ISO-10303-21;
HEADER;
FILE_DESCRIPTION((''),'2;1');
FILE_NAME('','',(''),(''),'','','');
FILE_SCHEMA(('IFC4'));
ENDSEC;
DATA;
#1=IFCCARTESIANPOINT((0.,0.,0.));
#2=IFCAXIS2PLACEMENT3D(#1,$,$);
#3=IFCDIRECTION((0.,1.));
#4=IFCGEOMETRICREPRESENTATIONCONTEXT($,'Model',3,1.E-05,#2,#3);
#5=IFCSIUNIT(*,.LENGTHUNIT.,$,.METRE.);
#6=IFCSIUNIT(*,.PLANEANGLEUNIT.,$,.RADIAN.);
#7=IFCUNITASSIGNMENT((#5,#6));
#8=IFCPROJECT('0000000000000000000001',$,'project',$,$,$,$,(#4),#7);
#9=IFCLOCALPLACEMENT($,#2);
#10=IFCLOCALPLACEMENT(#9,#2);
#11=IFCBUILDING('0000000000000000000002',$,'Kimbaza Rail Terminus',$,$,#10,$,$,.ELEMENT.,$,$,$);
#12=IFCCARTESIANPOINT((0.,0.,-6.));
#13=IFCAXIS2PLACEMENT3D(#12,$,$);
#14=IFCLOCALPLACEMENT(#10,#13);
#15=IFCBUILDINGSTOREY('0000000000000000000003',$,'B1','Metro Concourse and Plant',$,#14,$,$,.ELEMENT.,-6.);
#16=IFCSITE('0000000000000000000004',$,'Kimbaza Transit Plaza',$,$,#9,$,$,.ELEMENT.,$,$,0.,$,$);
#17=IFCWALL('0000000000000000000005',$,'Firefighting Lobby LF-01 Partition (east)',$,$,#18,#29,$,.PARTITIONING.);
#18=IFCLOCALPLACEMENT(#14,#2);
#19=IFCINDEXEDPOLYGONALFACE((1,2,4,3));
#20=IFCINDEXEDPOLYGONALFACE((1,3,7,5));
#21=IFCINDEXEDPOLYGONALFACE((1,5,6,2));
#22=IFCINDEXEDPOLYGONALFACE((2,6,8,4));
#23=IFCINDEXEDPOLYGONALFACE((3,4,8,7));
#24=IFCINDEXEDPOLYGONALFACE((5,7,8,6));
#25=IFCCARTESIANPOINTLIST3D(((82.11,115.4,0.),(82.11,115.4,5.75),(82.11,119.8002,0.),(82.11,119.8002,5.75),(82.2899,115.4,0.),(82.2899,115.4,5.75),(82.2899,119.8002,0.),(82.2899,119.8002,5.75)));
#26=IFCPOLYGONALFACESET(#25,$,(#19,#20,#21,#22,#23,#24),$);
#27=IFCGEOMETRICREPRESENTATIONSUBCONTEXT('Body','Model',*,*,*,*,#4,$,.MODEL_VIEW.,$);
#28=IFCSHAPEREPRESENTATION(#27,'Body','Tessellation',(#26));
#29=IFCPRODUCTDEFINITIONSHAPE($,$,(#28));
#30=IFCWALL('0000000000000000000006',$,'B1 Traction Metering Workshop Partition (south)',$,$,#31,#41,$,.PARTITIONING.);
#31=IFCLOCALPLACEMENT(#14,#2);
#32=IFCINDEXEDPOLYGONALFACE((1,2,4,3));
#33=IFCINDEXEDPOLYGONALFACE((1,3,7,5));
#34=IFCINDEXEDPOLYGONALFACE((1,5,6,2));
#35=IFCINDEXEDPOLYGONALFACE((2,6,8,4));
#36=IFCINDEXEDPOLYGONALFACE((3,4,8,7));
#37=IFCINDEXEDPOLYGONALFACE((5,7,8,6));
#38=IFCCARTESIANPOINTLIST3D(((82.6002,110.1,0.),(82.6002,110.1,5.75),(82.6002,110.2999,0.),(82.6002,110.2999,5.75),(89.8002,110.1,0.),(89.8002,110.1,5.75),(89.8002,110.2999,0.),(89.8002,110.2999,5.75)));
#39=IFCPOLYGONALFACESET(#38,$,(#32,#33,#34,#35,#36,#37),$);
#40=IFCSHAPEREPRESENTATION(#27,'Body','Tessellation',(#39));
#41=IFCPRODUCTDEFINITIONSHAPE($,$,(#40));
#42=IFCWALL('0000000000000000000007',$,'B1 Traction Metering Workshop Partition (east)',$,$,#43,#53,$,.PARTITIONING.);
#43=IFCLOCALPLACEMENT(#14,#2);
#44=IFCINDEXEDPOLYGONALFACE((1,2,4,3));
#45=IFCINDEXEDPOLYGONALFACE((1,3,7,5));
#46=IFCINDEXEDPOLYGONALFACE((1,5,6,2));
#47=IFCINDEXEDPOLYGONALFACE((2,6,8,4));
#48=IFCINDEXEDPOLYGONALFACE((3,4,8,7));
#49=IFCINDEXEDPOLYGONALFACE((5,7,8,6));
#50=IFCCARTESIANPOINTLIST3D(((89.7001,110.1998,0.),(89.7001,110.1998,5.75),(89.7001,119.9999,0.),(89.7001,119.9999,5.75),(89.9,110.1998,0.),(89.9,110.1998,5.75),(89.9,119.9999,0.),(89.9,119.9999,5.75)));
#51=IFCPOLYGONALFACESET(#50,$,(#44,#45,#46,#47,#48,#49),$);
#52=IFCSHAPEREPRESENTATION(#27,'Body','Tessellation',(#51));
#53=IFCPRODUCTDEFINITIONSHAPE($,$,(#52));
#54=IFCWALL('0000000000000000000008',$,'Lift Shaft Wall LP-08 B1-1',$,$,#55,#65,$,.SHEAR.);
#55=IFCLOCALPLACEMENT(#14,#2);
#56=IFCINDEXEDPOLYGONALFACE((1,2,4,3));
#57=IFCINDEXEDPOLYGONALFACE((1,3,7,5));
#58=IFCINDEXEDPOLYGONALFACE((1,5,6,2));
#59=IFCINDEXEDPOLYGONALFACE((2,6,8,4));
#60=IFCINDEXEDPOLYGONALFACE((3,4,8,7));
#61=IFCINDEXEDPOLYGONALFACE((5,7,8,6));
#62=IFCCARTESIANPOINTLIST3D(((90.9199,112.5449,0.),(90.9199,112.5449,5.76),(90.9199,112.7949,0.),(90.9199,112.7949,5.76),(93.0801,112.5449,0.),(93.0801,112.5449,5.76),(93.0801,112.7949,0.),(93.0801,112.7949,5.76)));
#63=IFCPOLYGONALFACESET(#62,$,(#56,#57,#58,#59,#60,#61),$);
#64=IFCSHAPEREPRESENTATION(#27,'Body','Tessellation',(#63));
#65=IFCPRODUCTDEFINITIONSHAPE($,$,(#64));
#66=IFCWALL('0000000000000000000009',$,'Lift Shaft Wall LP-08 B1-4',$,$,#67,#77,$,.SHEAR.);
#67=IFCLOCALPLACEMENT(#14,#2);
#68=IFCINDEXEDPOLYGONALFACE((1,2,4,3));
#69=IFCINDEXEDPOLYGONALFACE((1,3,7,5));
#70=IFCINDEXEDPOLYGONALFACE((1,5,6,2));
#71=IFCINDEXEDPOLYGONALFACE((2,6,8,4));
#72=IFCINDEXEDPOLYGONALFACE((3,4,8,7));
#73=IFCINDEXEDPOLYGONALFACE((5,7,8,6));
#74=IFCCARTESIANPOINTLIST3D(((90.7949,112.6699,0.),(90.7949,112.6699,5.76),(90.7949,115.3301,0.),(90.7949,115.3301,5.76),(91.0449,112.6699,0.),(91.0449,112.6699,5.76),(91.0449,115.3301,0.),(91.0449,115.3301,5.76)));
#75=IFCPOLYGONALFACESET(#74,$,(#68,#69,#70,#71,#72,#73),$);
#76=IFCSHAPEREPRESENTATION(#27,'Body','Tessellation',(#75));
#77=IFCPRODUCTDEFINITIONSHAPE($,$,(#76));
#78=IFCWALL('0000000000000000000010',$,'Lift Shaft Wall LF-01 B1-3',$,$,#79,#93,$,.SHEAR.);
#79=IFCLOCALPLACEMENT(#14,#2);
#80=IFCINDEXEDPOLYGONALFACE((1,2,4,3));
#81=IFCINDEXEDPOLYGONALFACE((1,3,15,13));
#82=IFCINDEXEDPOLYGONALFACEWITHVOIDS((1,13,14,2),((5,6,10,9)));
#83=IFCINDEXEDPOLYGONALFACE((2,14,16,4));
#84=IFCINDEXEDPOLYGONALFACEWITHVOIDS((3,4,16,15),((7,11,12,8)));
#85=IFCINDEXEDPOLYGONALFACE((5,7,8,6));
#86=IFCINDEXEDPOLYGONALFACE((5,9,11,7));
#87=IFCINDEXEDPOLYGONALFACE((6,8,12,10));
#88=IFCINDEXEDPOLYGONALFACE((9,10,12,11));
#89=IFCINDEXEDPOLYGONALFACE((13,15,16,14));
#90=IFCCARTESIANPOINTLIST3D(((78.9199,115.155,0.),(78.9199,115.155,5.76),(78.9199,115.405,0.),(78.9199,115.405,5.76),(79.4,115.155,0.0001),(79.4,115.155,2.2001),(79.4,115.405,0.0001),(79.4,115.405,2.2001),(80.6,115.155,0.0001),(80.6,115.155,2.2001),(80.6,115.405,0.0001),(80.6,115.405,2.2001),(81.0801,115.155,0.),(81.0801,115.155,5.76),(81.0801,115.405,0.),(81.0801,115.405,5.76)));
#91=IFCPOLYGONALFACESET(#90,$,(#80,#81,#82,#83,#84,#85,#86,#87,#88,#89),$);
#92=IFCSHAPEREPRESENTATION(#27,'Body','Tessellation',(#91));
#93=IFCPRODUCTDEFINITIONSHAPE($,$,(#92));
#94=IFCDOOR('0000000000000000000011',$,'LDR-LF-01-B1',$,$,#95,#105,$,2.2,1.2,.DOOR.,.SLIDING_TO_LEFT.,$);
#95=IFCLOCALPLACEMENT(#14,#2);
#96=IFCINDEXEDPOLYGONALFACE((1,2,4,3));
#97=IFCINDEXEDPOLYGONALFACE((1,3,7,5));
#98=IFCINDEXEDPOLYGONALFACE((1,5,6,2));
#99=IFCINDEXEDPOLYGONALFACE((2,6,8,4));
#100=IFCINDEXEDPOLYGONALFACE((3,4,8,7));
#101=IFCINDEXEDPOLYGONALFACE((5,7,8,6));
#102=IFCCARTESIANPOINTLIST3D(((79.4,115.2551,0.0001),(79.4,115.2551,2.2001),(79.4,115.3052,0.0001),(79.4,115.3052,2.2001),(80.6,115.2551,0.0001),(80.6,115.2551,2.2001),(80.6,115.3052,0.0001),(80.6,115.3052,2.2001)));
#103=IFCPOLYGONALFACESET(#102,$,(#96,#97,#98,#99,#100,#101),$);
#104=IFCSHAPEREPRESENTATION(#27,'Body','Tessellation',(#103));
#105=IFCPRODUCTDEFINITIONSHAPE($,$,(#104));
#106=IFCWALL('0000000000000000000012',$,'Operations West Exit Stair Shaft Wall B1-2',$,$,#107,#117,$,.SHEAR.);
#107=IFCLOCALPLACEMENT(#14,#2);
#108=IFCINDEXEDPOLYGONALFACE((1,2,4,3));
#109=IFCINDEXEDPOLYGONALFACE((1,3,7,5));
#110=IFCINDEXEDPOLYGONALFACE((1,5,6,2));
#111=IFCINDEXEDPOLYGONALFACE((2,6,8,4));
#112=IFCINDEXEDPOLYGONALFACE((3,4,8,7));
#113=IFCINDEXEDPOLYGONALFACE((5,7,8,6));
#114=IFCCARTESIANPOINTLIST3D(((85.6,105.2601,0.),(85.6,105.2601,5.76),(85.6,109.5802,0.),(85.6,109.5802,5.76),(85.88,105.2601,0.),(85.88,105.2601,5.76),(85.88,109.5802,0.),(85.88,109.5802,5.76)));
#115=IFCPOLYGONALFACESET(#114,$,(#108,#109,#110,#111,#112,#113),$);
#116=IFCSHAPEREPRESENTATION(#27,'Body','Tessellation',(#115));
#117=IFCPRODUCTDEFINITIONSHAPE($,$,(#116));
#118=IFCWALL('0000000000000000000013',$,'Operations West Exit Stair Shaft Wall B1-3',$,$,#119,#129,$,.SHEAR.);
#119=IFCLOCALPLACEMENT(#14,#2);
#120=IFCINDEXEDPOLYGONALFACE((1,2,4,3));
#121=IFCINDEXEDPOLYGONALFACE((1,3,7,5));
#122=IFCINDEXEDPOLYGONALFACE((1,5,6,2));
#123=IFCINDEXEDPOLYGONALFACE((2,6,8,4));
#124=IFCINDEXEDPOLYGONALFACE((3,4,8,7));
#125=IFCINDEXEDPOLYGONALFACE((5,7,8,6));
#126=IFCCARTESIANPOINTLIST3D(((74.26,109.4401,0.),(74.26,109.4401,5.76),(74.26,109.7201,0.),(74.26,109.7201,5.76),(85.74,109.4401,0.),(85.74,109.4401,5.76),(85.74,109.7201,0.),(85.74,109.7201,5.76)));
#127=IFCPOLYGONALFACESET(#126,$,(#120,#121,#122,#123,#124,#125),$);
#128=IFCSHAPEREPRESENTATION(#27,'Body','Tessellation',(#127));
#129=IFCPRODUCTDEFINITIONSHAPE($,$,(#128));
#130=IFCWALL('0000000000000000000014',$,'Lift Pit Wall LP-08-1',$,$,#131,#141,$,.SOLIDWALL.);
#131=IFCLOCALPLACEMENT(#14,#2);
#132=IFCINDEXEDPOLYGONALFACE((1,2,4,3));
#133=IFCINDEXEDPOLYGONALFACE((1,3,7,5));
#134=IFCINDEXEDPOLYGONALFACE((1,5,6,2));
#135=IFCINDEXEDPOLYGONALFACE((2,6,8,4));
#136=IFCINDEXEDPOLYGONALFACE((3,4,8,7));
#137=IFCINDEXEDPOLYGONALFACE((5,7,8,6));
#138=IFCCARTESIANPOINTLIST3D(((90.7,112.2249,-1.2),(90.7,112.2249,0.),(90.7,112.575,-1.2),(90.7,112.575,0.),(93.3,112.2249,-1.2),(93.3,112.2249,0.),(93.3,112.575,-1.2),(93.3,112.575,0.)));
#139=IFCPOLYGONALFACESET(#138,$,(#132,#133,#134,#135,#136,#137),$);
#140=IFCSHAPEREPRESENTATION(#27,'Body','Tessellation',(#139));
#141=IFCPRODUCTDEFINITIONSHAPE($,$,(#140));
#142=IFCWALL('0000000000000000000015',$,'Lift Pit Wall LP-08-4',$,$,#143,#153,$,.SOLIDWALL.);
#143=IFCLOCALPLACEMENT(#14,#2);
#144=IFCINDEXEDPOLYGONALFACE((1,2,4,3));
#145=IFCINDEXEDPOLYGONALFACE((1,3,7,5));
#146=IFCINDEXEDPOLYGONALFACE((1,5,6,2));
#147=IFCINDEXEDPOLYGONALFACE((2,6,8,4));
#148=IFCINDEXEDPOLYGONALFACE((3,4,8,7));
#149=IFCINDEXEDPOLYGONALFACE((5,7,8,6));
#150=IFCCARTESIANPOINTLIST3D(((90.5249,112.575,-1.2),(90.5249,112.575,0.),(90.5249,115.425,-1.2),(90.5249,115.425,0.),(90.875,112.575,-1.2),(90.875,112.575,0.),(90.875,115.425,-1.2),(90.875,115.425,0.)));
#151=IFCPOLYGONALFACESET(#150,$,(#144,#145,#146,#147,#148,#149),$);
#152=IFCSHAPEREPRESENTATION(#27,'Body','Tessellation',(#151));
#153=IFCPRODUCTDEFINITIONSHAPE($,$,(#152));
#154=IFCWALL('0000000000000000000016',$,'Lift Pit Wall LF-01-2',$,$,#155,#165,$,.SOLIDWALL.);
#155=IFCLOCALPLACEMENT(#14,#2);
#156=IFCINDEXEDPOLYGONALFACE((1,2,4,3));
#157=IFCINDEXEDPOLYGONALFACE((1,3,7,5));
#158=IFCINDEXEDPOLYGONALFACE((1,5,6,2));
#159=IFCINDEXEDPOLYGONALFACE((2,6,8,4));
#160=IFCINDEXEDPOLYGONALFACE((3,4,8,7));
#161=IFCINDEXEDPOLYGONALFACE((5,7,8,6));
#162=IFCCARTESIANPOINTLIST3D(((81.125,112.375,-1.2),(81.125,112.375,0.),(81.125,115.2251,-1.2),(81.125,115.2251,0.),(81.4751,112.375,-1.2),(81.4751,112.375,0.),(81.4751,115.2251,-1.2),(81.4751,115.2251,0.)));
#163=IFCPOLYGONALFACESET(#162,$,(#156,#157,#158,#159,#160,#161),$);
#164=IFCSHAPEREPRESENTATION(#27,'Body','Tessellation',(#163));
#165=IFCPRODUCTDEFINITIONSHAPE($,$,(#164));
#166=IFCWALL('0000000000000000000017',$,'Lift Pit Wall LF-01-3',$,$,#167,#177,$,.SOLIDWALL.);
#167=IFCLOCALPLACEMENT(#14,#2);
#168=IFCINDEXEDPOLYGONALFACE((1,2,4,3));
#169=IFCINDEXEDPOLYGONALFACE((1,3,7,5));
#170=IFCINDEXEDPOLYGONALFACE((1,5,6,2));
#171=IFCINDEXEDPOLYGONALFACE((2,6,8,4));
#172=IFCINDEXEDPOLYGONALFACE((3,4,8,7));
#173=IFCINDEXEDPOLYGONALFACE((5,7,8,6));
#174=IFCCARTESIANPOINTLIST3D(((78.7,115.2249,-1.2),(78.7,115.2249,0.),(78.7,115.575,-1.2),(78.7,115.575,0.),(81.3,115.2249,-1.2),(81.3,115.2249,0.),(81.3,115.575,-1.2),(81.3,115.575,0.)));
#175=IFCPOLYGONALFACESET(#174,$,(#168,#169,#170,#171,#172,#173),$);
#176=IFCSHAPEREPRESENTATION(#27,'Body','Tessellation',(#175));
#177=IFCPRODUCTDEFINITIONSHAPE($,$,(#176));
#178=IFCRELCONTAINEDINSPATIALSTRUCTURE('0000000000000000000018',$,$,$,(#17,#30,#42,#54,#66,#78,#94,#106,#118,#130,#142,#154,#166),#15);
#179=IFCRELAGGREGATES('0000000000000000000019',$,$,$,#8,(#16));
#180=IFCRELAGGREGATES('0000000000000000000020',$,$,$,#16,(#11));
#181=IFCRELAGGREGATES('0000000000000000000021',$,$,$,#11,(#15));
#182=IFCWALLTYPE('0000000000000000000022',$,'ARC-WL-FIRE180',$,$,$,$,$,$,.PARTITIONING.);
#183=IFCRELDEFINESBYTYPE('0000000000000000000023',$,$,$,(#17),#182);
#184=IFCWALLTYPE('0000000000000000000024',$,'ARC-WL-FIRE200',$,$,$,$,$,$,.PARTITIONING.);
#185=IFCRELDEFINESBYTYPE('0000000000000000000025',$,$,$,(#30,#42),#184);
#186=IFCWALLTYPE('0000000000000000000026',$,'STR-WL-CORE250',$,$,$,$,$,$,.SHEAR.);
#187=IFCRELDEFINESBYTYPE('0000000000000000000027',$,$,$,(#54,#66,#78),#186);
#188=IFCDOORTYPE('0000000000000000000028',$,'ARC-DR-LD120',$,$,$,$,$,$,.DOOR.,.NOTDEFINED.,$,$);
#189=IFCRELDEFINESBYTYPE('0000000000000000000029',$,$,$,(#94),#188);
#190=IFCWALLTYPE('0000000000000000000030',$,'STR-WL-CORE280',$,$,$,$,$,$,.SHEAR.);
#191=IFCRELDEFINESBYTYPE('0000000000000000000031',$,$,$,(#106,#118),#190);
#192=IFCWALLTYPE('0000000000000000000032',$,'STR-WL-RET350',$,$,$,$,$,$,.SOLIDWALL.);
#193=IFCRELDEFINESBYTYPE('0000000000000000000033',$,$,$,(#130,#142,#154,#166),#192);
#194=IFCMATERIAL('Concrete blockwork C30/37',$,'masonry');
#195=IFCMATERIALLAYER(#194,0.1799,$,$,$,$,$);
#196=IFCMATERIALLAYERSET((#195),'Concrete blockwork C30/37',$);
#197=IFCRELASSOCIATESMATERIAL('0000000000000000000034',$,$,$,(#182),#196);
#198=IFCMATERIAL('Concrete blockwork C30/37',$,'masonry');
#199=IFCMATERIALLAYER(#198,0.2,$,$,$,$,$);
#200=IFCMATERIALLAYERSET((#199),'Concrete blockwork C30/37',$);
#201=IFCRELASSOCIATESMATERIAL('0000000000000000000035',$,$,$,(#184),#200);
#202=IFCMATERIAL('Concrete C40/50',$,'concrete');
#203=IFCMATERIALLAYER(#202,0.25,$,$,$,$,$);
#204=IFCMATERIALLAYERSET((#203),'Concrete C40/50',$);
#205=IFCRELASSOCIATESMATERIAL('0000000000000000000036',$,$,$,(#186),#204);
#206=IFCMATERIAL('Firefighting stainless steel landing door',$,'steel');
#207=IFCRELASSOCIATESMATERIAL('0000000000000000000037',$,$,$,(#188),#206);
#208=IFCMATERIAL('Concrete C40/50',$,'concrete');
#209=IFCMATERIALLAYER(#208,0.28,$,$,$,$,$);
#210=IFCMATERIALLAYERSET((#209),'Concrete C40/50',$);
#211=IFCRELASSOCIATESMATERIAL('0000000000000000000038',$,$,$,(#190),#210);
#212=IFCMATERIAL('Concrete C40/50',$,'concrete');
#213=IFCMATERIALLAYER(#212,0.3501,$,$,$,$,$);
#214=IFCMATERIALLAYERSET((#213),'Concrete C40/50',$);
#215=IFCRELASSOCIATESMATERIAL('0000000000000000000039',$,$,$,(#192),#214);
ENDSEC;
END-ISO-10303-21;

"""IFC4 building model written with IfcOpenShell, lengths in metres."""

from ifc_helpers import new_model, si_unit, direction, frame, frame_2d, origin, place, context, subcontext, project, spatial, rectangle, extrude, material, layer, layer_set, type_object, element, fill, save


model = new_model("IFC4")

# Units and contexts
model_context = context("Model", 3, precision=1e-05, world=origin(), true_north=direction((0.0, 1.0)))
body_context = subcontext(model_context, "Body", "Model", "MODEL_VIEW")
ifc_project = project(units=[si_unit("LENGTHUNIT", "METRE"), si_unit("PLANEANGLEUNIT", "RADIAN")], contexts=[model_context])

# Site, building, storey
site_placement = place(None, origin())
site = spatial("IfcSite", under=ifc_project, at=site_placement, Name="Kimbaza Transit Plaza", CompositionType="ELEMENT", RefElevation=0.0)
building_placement = place(site_placement, origin())
building = spatial("IfcBuilding", under=site, at=building_placement, Name="Kimbaza Rail Terminus", CompositionType="ELEMENT")
storey_placement = place(building_placement, frame((0.0, 0.0, -6.0)))
storey = spatial("IfcBuildingStorey", under=building, at=storey_placement, Name="B1", Description="Metro Concourse and Plant", CompositionType="ELEMENT", Elevation=-6.0)

# Walls
ifc_material_1 = material(Name="Concrete blockwork C30/37", Category="masonry")
ifc_layer_1 = layer(ifc_material_1, 0.1799)
ifc_layer_set_1 = layer_set([ifc_layer_1], Name="Concrete blockwork C30/37")
wall_type_1 = type_object("IfcWallType", Name="ARC-WL-FIRE180", PredefinedType="PARTITIONING", material=ifc_layer_set_1)
wall_1_placement = place(storey_placement, frame((82.2, 115.3999, 0.0), z_axis=(0.0, 0.0, 1.0), x_axis=(0.0, 1.0, 0.0)))
element("IfcWall", 1, at=wall_1_placement, inside=storey, type_object=wall_type_1, Name="Firefighting Lobby LF-01 Partition (east)", PredefinedType="PARTITIONING", context=body_context, shape_type="SweptSolid", body=[
    extrude(rectangle(XDim=4.4001, YDim=0.1799, at=frame_2d((2.2002, 0.0))), origin(), (0.0, 0.0, 1.0), 5.75),
])
ifc_material_2 = material(Name="Concrete blockwork C30/37", Category="masonry")
ifc_layer_2 = layer(ifc_material_2, 0.2)
ifc_layer_set_2 = layer_set([ifc_layer_2], Name="Concrete blockwork C30/37")
wall_type_2 = type_object("IfcWallType", Name="ARC-WL-FIRE200", PredefinedType="PARTITIONING", material=ifc_layer_set_2)
wall_2_placement = place(storey_placement, frame((82.6001, 110.2, 0.0), z_axis=(0.0, 0.0, 1.0), x_axis=(1.0, 0.0, 0.0)))
element("IfcWall", 2, at=wall_2_placement, inside=storey, type_object=wall_type_2, Name="B1 Traction Metering Workshop Partition (south)", PredefinedType="PARTITIONING", context=body_context, shape_type="SweptSolid", body=[
    extrude(rectangle(XDim=7.2, YDim=0.2, at=frame_2d((3.6001, 0.0))), origin(), (0.0, 0.0, 1.0), 5.75),
])
wall_3_placement = place(storey_placement, frame((89.8, 110.2, 0.0), z_axis=(0.0, 0.0, 1.0), x_axis=(0.0, 1.0, 0.0)))
element("IfcWall", 3, at=wall_3_placement, inside=storey, type_object=wall_type_2, Name="B1 Traction Metering Workshop Partition (east)", PredefinedType="PARTITIONING", context=body_context, shape_type="SweptSolid", body=[
    extrude(rectangle(XDim=9.8, YDim=0.2, at=frame_2d((4.8999, 0.0))), origin(), (0.0, 0.0, 1.0), 5.75),
])
ifc_material_3 = material(Name="Concrete C40/50", Category="concrete")
ifc_layer_3 = layer(ifc_material_3, 0.25)
ifc_layer_set_3 = layer_set([ifc_layer_3], Name="Concrete C40/50")
wall_type_3 = type_object("IfcWallType", Name="STR-WL-CORE250", PredefinedType="SHEAR", material=ifc_layer_set_3)
wall_4_placement = place(storey_placement, frame((90.9199, 112.6699, 0.0), z_axis=(0.0, 0.0, 1.0), x_axis=(1.0, 0.0, 0.0)))
element("IfcWall", 4, at=wall_4_placement, inside=storey, type_object=wall_type_3, Name="Lift Shaft Wall LP-08 B1-1", PredefinedType="SHEAR", context=body_context, shape_type="SweptSolid", body=[
    extrude(rectangle(XDim=2.1602, YDim=0.25, at=frame_2d((1.0801, 0.0))), origin(), (0.0, 0.0, 1.0), 5.76),
])
wall_5_placement = place(storey_placement, frame((90.9199, 115.3301, 0.0), z_axis=(0.0, 0.0, 1.0), x_axis=(0.0, -1.0, 0.0)))
element("IfcWall", 5, at=wall_5_placement, inside=storey, type_object=wall_type_3, Name="Lift Shaft Wall LP-08 B1-4", PredefinedType="SHEAR", context=body_context, shape_type="SweptSolid", body=[
    extrude(rectangle(XDim=2.6602, YDim=0.25, at=frame_2d((1.3301, 0.0))), origin(), (0.0, 0.0, 1.0), 5.76),
])

# Wall, opening, door
wall_6_placement = place(storey_placement, frame((81.0801, 115.28, 0.0), z_axis=(0.0, 0.0, 1.0), x_axis=(-1.0, 0.0, 0.0)))
wall_6 = element("IfcWall", 6, at=wall_6_placement, inside=storey, type_object=wall_type_3, Name="Lift Shaft Wall LF-01 B1-3", PredefinedType="SHEAR", context=body_context, shape_type="SweptSolid", body=[
    extrude(rectangle(XDim=2.1602, YDim=0.25, at=frame_2d((1.0801, 0.0))), origin(), (0.0, 0.0, 1.0), 5.76),
])
opening_placement = place(wall_6_placement, frame((0.48, 0.0, 0.0)))
opening = element("IfcOpeningElement", 7, at=opening_placement, cuts=wall_6, PredefinedType="OPENING", context=body_context, shape_type="SweptSolid", body=[
    extrude(rectangle(XDim=1.2, YDim=2.2, at=frame_2d((0.6001, 1.1001))), frame((0.0, 0.135, 0.0), z_axis=(0.0, -1.0, 0.0), x_axis=(1.0, 0.0, 0.0)), (0.0, 0.0, 1.0), 0.27),
])
ifc_material_4 = material(Name="Firefighting stainless steel landing door", Category="steel")
door_type = type_object("IfcDoorType", Name="ARC-DR-LD120", OperationType="NOTDEFINED", PredefinedType="DOOR", material=ifc_material_4)
door_placement = place(opening_placement, origin())
door = element("IfcDoor", 8, at=door_placement, inside=storey, type_object=door_type, Name="LDR-LF-01-B1", OperationType="SLIDING_TO_LEFT", OverallHeight=2.2, OverallWidth=1.2, PredefinedType="DOOR", context=body_context, shape_type="SweptSolid", body=[
    extrude(rectangle(XDim=1.2, YDim=2.2, at=frame_2d((0.6001, 1.1001))), frame((0.0, 0.0249, 0.0), z_axis=(0.0, -1.0, 0.0), x_axis=(1.0, 0.0, 0.0)), (0.0, 0.0, 1.0), 0.05),
])
fill(opening, door)

# Walls
ifc_material_5 = material(Name="Concrete C40/50", Category="concrete")
ifc_layer_4 = layer(ifc_material_5, 0.28)
ifc_layer_set_4 = layer_set([ifc_layer_4], Name="Concrete C40/50")
wall_type_4 = type_object("IfcWallType", Name="STR-WL-CORE280", PredefinedType="SHEAR", material=ifc_layer_set_4)
wall_7_placement = place(storey_placement, frame((85.74, 105.26, 0.0), z_axis=(0.0, 0.0, 1.0), x_axis=(0.0, 1.0, 0.0)))
element("IfcWall", 9, at=wall_7_placement, inside=storey, type_object=wall_type_4, Name="Operations West Exit Stair Shaft Wall B1-2", PredefinedType="SHEAR", context=body_context, shape_type="SweptSolid", body=[
    extrude(rectangle(XDim=4.3201, YDim=0.28, at=frame_2d((2.1602, 0.0))), origin(), (0.0, 0.0, 1.0), 5.76),
])
wall_8_placement = place(storey_placement, frame((85.74, 109.5801, 0.0), z_axis=(0.0, 0.0, 1.0), x_axis=(-1.0, 0.0, 0.0)))
element("IfcWall", 10, at=wall_8_placement, inside=storey, type_object=wall_type_4, Name="Operations West Exit Stair Shaft Wall B1-3", PredefinedType="SHEAR", context=body_context, shape_type="SweptSolid", body=[
    extrude(rectangle(XDim=11.48, YDim=0.28, at=frame_2d((5.74, 0.0))), origin(), (0.0, 0.0, 1.0), 5.76),
])
ifc_material_6 = material(Name="Concrete C40/50", Category="concrete")
ifc_layer_5 = layer(ifc_material_6, 0.3501)
ifc_layer_set_5 = layer_set([ifc_layer_5], Name="Concrete C40/50")
wall_type_5 = type_object("IfcWallType", Name="STR-WL-RET350", PredefinedType="SOLIDWALL", material=ifc_layer_set_5)
wall_9_placement = place(storey_placement, frame((90.7, 112.3999, -1.2), z_axis=(0.0, 0.0, 1.0), x_axis=(1.0, 0.0, 0.0)))
element("IfcWall", 11, at=wall_9_placement, inside=storey, type_object=wall_type_5, Name="Lift Pit Wall LP-08-1", PredefinedType="SOLIDWALL", context=body_context, shape_type="SweptSolid", body=[
    extrude(rectangle(XDim=2.6001, YDim=0.3501, at=frame_2d((1.3, 0.0))), origin(), (0.0, 0.0, 1.0), 1.2),
])
for number, where, z_axis, x_axis, name in (
    (12, (90.7, 115.425, -1.2), (0.0, 0.0, 1.0), (0.0, -1.0, 0.0), "Lift Pit Wall LP-08-4"),
    (13, (81.3, 112.375, -1.2), (0.0, 0.0, 1.0), (0.0, 1.0, 0.0), "Lift Pit Wall LF-01-2"),
):
    element("IfcWall", number, at=place(storey_placement, frame(where, z_axis=z_axis, x_axis=x_axis)), inside=storey, type_object=wall_type_5, Name=name, PredefinedType="SOLIDWALL", context=body_context, shape_type="SweptSolid", body=[
        extrude(rectangle(XDim=2.8501, YDim=0.3501, at=frame_2d((1.425, 0.0))), origin(), (0.0, 0.0, 1.0), 1.2),
    ])
wall_10_placement = place(storey_placement, frame((81.3, 115.3999, -1.2), z_axis=(0.0, 0.0, 1.0), x_axis=(-1.0, 0.0, 0.0)))
element("IfcWall", 14, at=wall_10_placement, inside=storey, type_object=wall_type_5, Name="Lift Pit Wall LF-01-3", PredefinedType="SOLIDWALL", context=body_context, shape_type="SweptSolid", body=[
    extrude(rectangle(XDim=2.6001, YDim=0.3501, at=frame_2d((1.3, 0.0))), origin(), (0.0, 0.0, 1.0), 1.2),
])

save(model, "model.ifc")
